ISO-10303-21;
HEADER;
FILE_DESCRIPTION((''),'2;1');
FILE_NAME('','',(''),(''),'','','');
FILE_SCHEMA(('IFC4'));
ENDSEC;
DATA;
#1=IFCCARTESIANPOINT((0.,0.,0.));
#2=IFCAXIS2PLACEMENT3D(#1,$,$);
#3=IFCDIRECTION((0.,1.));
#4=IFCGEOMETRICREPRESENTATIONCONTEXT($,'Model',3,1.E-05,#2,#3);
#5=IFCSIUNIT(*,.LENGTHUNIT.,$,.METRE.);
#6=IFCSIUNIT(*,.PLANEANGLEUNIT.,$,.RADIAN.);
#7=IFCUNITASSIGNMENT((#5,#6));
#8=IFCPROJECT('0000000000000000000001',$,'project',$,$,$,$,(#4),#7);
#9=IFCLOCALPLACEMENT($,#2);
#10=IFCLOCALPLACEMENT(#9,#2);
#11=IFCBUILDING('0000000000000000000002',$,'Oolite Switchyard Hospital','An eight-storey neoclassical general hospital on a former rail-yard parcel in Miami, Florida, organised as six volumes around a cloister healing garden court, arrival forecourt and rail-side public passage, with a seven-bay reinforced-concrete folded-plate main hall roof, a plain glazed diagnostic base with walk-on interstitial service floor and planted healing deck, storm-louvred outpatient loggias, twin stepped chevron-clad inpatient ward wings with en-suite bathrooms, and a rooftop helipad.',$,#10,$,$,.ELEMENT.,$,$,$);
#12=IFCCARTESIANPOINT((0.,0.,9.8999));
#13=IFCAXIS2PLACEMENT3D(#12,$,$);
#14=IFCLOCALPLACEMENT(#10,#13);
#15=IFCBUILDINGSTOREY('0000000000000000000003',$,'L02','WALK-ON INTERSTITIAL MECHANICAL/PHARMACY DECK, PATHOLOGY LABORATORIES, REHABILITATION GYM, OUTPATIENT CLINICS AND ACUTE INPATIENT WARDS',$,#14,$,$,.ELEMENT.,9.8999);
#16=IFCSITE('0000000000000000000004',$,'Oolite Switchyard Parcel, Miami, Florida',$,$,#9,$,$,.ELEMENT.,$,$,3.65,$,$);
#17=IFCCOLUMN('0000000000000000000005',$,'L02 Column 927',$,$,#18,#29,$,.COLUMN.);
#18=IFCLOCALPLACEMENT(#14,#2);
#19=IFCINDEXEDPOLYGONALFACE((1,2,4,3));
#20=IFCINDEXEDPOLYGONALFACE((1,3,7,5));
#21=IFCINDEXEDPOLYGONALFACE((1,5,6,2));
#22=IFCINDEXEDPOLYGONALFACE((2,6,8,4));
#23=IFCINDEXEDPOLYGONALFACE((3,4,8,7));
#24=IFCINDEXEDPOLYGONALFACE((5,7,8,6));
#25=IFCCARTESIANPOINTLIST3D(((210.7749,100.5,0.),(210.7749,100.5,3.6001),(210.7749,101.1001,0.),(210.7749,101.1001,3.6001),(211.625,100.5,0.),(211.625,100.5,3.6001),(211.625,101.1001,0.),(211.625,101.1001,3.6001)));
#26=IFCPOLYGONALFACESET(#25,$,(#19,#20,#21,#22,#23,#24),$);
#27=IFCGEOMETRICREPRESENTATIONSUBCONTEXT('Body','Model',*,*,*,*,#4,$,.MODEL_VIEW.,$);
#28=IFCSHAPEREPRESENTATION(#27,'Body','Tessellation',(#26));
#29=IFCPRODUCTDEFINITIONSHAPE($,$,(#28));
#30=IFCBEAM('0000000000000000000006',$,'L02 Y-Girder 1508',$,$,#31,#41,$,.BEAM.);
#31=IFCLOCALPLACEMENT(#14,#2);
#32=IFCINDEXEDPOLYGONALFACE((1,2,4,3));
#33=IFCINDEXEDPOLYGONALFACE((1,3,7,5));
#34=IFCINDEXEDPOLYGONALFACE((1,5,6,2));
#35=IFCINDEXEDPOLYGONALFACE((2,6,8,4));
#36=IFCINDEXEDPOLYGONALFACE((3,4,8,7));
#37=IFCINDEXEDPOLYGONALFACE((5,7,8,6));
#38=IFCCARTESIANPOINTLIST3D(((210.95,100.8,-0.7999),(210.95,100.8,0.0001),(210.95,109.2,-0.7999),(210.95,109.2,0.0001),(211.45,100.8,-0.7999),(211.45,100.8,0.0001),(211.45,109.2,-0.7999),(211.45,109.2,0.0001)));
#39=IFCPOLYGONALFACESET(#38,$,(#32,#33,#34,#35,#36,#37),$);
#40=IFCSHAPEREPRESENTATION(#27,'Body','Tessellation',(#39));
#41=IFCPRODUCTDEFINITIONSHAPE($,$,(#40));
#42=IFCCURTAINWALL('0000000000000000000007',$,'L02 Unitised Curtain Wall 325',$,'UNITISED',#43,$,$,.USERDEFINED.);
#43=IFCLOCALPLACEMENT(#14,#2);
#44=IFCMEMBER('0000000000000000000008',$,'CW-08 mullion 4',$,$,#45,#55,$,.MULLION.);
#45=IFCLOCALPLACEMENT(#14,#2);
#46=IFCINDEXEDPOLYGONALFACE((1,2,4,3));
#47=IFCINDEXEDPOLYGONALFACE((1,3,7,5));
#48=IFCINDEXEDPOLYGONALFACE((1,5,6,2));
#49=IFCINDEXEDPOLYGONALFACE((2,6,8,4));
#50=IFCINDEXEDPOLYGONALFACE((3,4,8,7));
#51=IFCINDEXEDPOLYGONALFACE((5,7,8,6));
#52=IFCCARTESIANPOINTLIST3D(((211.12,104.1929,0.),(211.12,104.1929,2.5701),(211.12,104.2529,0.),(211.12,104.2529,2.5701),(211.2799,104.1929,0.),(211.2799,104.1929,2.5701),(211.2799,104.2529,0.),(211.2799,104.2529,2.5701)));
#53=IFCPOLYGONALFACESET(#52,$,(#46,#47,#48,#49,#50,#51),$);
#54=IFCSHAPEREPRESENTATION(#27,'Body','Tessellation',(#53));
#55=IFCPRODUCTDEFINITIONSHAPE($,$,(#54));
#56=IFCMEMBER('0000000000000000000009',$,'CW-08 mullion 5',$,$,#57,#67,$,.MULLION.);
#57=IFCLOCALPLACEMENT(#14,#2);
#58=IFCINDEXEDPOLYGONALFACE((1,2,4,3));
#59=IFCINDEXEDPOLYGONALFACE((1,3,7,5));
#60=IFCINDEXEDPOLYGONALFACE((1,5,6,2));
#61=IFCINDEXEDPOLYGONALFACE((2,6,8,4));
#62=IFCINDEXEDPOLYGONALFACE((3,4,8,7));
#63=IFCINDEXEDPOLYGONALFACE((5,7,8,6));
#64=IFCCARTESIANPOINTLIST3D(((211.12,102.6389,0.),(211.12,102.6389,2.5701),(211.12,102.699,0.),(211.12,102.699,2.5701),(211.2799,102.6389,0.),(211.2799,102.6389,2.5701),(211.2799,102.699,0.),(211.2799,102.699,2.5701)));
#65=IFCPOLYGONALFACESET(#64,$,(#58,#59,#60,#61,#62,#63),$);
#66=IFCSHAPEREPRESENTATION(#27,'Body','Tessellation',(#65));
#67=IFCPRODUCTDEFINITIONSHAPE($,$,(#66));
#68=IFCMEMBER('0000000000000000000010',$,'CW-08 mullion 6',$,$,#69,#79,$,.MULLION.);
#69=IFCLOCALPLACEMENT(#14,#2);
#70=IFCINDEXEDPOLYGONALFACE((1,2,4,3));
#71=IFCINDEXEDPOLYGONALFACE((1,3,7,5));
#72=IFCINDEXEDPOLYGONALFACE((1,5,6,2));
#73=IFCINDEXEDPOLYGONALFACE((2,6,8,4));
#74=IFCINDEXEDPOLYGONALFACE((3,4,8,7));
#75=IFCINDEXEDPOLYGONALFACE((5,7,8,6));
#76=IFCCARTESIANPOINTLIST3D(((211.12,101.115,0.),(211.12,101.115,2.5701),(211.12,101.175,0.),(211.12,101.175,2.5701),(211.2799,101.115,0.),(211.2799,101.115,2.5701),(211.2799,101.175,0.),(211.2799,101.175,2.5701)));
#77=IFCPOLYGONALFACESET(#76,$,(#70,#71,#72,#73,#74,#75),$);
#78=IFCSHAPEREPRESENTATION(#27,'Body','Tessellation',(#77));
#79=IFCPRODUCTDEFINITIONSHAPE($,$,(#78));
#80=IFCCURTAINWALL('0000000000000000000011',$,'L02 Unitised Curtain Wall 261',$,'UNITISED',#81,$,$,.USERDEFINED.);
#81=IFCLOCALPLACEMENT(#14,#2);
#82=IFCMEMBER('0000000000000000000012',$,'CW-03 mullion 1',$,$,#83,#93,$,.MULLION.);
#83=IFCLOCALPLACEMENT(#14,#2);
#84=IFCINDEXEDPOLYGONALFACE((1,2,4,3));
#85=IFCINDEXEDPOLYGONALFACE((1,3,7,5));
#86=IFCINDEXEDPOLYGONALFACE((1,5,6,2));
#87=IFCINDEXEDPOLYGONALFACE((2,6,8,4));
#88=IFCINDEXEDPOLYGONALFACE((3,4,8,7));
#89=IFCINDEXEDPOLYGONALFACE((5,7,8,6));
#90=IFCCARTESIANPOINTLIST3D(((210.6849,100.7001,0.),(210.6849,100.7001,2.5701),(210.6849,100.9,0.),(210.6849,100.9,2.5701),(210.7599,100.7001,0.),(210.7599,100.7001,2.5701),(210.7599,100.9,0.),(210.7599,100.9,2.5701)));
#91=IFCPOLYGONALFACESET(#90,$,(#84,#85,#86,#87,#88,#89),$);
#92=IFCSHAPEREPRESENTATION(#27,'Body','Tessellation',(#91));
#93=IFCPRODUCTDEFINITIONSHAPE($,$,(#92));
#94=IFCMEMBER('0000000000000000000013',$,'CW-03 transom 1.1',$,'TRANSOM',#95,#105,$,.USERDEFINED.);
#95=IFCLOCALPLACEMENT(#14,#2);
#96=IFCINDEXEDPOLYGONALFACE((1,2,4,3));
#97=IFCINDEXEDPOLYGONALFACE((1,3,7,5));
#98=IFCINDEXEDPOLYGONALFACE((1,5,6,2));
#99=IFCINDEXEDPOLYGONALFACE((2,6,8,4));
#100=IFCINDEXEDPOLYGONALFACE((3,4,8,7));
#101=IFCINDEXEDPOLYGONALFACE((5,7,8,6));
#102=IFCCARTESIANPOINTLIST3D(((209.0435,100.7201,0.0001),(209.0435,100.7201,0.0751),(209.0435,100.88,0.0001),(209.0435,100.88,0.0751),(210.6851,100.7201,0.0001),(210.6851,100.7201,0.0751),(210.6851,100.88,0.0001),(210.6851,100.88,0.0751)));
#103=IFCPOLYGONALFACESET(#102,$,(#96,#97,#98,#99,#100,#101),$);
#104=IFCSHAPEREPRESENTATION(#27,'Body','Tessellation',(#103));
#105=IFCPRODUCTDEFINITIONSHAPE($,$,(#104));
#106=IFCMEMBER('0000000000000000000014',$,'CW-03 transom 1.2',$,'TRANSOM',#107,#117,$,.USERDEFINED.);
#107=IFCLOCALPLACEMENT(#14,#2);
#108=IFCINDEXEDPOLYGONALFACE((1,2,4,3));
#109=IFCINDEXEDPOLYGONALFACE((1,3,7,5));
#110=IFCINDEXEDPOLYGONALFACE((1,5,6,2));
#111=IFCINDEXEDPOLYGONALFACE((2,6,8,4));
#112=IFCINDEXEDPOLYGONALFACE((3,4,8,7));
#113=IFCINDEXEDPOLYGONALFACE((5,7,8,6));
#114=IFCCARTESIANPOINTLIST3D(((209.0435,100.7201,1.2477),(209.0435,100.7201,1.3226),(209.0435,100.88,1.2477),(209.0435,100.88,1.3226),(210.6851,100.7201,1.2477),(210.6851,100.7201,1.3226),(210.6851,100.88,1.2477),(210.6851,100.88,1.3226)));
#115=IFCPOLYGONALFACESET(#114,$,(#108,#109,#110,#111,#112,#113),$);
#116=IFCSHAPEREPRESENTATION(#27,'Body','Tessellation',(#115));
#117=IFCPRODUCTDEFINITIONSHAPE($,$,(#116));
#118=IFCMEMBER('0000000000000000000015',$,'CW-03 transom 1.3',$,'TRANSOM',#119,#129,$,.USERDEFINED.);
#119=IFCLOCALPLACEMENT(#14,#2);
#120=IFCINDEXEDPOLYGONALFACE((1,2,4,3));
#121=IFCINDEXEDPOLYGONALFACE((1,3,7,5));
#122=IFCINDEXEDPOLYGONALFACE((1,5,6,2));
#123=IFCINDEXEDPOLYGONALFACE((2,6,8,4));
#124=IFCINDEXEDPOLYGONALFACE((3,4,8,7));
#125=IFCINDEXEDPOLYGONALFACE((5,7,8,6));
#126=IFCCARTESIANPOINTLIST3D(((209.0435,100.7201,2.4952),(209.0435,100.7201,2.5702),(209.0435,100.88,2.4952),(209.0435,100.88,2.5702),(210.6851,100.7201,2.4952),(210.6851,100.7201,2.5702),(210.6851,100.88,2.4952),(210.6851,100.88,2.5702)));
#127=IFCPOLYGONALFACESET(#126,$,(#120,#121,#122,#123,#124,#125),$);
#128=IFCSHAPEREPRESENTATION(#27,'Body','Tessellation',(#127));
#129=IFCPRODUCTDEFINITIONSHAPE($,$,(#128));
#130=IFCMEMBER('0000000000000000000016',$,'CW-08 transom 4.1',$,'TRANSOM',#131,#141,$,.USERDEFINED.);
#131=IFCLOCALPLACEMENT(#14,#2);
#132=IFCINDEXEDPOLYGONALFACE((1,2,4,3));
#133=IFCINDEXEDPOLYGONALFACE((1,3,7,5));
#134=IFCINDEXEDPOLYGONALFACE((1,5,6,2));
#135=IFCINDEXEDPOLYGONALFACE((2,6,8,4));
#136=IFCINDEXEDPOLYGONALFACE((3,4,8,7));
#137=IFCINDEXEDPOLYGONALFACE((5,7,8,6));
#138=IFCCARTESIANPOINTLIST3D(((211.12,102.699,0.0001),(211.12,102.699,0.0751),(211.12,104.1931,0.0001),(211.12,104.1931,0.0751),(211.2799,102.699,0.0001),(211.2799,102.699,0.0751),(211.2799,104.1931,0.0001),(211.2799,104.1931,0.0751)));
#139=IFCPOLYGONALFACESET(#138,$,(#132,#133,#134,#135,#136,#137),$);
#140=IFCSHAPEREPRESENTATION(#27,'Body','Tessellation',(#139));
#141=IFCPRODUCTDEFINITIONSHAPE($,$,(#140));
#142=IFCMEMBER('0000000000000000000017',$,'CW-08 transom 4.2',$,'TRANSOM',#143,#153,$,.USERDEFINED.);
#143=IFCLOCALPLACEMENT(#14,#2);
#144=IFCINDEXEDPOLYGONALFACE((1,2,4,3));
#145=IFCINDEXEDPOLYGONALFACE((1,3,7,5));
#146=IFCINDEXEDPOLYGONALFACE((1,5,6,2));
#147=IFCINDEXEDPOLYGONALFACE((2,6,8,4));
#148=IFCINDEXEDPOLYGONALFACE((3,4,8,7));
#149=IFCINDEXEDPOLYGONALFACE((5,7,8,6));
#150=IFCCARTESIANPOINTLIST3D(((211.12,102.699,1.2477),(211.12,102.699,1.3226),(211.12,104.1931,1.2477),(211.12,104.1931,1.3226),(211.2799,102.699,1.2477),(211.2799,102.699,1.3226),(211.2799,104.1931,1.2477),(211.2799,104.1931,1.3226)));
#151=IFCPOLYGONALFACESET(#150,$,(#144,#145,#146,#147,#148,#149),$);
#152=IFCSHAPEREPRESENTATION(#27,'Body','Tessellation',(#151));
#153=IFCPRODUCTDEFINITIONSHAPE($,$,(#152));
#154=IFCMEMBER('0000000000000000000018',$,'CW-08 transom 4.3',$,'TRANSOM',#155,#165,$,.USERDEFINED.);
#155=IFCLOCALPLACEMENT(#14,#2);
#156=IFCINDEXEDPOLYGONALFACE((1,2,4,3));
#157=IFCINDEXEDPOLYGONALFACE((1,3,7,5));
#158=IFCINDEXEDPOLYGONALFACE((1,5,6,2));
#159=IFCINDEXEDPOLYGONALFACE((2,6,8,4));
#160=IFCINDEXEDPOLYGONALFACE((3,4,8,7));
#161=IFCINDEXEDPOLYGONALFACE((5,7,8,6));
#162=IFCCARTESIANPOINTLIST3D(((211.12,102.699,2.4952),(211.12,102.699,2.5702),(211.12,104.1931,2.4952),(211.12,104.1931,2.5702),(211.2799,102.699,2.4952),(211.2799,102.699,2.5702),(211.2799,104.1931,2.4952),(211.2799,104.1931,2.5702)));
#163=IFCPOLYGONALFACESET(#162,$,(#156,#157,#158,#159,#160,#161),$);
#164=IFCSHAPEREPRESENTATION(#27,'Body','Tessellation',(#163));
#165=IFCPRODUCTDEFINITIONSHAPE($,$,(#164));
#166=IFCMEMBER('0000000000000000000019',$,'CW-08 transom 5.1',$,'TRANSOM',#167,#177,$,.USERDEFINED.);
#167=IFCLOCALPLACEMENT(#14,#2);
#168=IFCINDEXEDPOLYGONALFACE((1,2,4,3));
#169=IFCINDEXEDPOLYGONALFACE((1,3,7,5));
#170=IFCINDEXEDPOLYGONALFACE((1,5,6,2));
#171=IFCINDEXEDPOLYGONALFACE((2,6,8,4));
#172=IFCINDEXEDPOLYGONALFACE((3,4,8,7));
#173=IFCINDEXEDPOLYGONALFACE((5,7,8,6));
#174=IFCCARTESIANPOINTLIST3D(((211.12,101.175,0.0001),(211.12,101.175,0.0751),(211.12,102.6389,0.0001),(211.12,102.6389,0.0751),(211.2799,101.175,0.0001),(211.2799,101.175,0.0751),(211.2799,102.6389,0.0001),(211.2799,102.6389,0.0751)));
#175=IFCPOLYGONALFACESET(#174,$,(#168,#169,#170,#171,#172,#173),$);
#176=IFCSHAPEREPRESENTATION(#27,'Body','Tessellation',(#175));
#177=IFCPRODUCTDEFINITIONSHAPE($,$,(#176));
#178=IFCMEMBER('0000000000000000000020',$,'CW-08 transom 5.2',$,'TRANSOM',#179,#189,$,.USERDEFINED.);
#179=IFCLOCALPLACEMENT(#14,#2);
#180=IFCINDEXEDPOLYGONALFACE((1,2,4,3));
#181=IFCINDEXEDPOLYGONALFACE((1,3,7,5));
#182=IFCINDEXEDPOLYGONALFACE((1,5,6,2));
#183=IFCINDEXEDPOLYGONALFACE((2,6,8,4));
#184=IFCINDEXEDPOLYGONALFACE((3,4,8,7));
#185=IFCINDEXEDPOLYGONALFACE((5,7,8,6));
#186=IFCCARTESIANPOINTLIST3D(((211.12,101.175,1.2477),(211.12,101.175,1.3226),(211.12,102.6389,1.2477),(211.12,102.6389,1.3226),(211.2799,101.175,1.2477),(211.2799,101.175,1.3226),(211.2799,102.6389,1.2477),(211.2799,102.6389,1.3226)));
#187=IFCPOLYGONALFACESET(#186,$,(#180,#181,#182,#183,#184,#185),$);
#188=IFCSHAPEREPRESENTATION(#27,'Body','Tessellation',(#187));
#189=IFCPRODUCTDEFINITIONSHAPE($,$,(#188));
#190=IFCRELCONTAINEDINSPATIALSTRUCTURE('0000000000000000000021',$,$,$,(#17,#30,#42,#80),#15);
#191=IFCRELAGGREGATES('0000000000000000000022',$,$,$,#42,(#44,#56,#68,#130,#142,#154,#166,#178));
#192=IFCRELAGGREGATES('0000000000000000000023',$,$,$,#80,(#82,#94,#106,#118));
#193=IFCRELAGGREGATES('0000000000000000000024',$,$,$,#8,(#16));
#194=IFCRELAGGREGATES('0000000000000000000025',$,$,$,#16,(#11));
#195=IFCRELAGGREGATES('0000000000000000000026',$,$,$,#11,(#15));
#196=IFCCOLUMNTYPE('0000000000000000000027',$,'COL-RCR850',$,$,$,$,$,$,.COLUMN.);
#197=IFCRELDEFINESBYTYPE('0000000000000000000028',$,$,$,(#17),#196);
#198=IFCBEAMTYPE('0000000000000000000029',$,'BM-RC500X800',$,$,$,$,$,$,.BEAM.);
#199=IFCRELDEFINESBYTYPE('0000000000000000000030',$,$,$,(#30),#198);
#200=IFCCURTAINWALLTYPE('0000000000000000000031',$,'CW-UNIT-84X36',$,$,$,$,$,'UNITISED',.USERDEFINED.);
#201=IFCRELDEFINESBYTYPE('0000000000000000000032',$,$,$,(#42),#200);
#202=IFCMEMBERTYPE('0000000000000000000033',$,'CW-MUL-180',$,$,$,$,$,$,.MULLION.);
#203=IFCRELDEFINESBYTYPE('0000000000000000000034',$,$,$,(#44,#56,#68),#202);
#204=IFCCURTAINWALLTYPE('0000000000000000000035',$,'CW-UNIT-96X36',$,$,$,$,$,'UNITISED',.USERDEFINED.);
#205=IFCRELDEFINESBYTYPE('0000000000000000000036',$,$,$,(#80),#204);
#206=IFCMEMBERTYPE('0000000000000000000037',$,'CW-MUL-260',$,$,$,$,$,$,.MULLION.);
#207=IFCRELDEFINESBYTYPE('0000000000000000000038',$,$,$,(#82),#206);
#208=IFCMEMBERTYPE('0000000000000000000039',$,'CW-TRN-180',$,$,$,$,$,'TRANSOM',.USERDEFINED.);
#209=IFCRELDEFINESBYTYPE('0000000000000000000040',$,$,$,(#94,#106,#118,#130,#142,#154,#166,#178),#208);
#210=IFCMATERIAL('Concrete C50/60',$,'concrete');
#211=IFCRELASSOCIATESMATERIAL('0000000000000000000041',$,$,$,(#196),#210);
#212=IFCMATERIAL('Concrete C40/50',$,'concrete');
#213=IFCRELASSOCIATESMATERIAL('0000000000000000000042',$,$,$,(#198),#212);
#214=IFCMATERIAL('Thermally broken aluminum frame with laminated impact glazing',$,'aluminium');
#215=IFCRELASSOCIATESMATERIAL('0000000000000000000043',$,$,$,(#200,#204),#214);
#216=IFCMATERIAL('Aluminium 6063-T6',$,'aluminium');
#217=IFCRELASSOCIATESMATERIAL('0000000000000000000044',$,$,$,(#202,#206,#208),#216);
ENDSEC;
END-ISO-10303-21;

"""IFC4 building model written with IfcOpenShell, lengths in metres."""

from ifc_helpers import new_model, si_unit, direction, frame, origin, origin_2d, place, context, subcontext, project, spatial, rectangle, extrude, material, material_profile, profile_set, type_object, element, aggregate, save


model = new_model("IFC4")

# Units and contexts
model_context = context("Model", 3, precision=1e-05, world=origin(), true_north=direction((0.0, 1.0)))
body_context = subcontext(model_context, "Body", "Model", "MODEL_VIEW")
ifc_project = project(units=[si_unit("LENGTHUNIT", "METRE"), si_unit("PLANEANGLEUNIT", "RADIAN")], contexts=[model_context])

# Site, building, storey
site_placement = place(None, origin())
site = spatial("IfcSite", under=ifc_project, at=site_placement, Name="Oolite Switchyard Parcel, Miami, Florida", CompositionType="ELEMENT", RefElevation=3.65)
building_placement = place(site_placement, origin())
building = spatial("IfcBuilding", under=site, at=building_placement, Name="Oolite Switchyard Hospital", Description="An eight-storey neoclassical general hospital on a former rail-yard parcel in Miami, Florida, organised as six volumes around a cloister healing garden court, arrival forecourt and rail-side public passage, with a seven-bay reinforced-concrete folded-plate main hall roof, a plain glazed diagnostic base with walk-on interstitial service floor and planted healing deck, storm-louvred outpatient loggias, twin stepped chevron-clad inpatient ward wings with en-suite bathrooms, and a rooftop helipad.", CompositionType="ELEMENT")
storey_placement = place(building_placement, frame((0.0, 0.0, 9.8999)))
storey = spatial("IfcBuildingStorey", under=building, at=storey_placement, Name="L02", Description="WALK-ON INTERSTITIAL MECHANICAL/PHARMACY DECK, PATHOLOGY LABORATORIES, REHABILITATION GYM, OUTPATIENT CLINICS AND ACUTE INPATIENT WARDS", CompositionType="ELEMENT", Elevation=9.8999)

# Column
ifc_material_1 = material(Name="Concrete C50/60", Category="concrete")
ifc_material_profile_1 = material_profile(ifc_material_1, rectangle(XDim=0.8501, YDim=0.6001, at=origin_2d()), Name="RC850X600")
ifc_profile_set_1 = profile_set([ifc_material_profile_1], Name="Concrete C50/60")
column_type = type_object("IfcColumnType", Name="COL-RCR850", PredefinedType="COLUMN", material=ifc_profile_set_1)
column_placement = place(storey_placement, frame((211.2, 100.8, 0.0), z_axis=(0.0, 0.0, 1.0), x_axis=(1.0, 0.0, 0.0)))
element("IfcColumn", 1, at=column_placement, inside=storey, type_object=column_type, Name="L02 Column 927", PredefinedType="COLUMN", context=body_context, shape_type="SweptSolid", body=[
    extrude(rectangle(XDim=0.8501, YDim=0.6001, at=origin_2d()), origin(), (0.0, 0.0, 1.0), 3.6001),
])

# Beam
ifc_material_2 = material(Name="Concrete C40/50", Category="concrete")
ifc_material_profile_2 = material_profile(ifc_material_2, rectangle(XDim=0.5, YDim=0.8, at=origin_2d()), Name="RCB500X800")
ifc_profile_set_2 = profile_set([ifc_material_profile_2], Name="Concrete C40/50")
beam_type = type_object("IfcBeamType", Name="BM-RC500X800", PredefinedType="BEAM", material=ifc_profile_set_2)
beam_placement = place(storey_placement, frame((211.2, 100.8, -0.3999), z_axis=(0.0, 1.0, 0.0), x_axis=(-1.0, 0.0, 0.0)))
element("IfcBeam", 2, at=beam_placement, inside=storey, type_object=beam_type, Name="L02 Y-Girder 1508", PredefinedType="BEAM", context=body_context, shape_type="SweptSolid", body=[
    extrude(rectangle(XDim=0.5, YDim=0.8, at=origin_2d()), origin(), (0.0, 0.0, 1.0), 8.3999),
])

# Curtain walls, members
ifc_material_3 = material(Name="Thermally broken aluminum frame with laminated impact glazing", Category="aluminium")
curtain_wall_type_1 = type_object("IfcCurtainWallType", Name="CW-UNIT-84X36", ElementType="UNITISED", PredefinedType="USERDEFINED", material=ifc_material_3)
curtain_wall_1_placement = place(storey_placement, origin())
curtain_wall_1 = element("IfcCurtainWall", 3, at=curtain_wall_1_placement, inside=storey, type_object=curtain_wall_type_1, Name="L02 Unitised Curtain Wall 325", ObjectType="UNITISED", PredefinedType="USERDEFINED")
ifc_material_4 = material(Name="Aluminium 6063-T6", Category="aluminium")
ifc_material_profile_3 = material_profile(ifc_material_4, rectangle(XDim=0.1599, YDim=0.0601, at=origin_2d()), Name="CWM60X160")
ifc_profile_set_3 = profile_set([ifc_material_profile_3], Name="Aluminium 6063-T6")
member_type_1 = type_object("IfcMemberType", Name="CW-MUL-180", PredefinedType="MULLION", material=ifc_profile_set_3)
member_1_placement = place(storey_placement, frame((211.2, 104.2229, 0.0), z_axis=(0.0, 0.0, 1.0), x_axis=(1.0, 0.0, 0.0)))
member_1 = element("IfcMember", 4, at=member_1_placement, type_object=member_type_1, Name="CW-08 mullion 4", PredefinedType="MULLION", context=body_context, shape_type="SweptSolid", body=[
    extrude(rectangle(XDim=0.1599, YDim=0.0601, at=origin_2d()), origin(), (0.0, 0.0, 1.0), 2.5701),
])
member_2_placement = place(storey_placement, frame((211.2, 102.6689, 0.0), z_axis=(0.0, 0.0, 1.0), x_axis=(1.0, 0.0, 0.0)))
member_2 = element("IfcMember", 5, at=member_2_placement, type_object=member_type_1, Name="CW-08 mullion 5", PredefinedType="MULLION", context=body_context, shape_type="SweptSolid", body=[
    extrude(rectangle(XDim=0.1599, YDim=0.0601, at=origin_2d()), origin(), (0.0, 0.0, 1.0), 2.5701),
])
member_3_placement = place(storey_placement, frame((211.2, 101.145, 0.0), z_axis=(0.0, 0.0, 1.0), x_axis=(1.0, 0.0, 0.0)))
member_3 = element("IfcMember", 6, at=member_3_placement, type_object=member_type_1, Name="CW-08 mullion 6", PredefinedType="MULLION", context=body_context, shape_type="SweptSolid", body=[
    extrude(rectangle(XDim=0.1599, YDim=0.0601, at=origin_2d()), origin(), (0.0, 0.0, 1.0), 2.5701),
])
curtain_wall_type_2 = type_object("IfcCurtainWallType", Name="CW-UNIT-96X36", ElementType="UNITISED", PredefinedType="USERDEFINED", material=ifc_material_3)
curtain_wall_2_placement = place(storey_placement, origin())
curtain_wall_2 = element("IfcCurtainWall", 7, at=curtain_wall_2_placement, inside=storey, type_object=curtain_wall_type_2, Name="L02 Unitised Curtain Wall 261", ObjectType="UNITISED", PredefinedType="USERDEFINED")
ifc_material_profile_4 = material_profile(ifc_material_4, rectangle(XDim=0.2, YDim=0.075, at=origin_2d()), Name="CWM75X200")
ifc_profile_set_4 = profile_set([ifc_material_profile_4], Name="Aluminium 6063-T6")
member_type_2 = type_object("IfcMemberType", Name="CW-MUL-260", PredefinedType="MULLION", material=ifc_profile_set_4)
member_4_placement = place(storey_placement, frame((210.7224, 100.8, 0.0), z_axis=(0.0, 0.0, 1.0), x_axis=(0.0, -1.0, 0.0)))
member_4 = element("IfcMember", 8, at=member_4_placement, type_object=member_type_2, Name="CW-03 mullion 1", PredefinedType="MULLION", context=body_context, shape_type="SweptSolid", body=[
    extrude(rectangle(XDim=0.2, YDim=0.075, at=origin_2d()), origin(), (0.0, 0.0, 1.0), 2.5701),
])
ifc_material_profile_5 = material_profile(ifc_material_4, rectangle(XDim=0.1599, YDim=0.075, at=origin_2d()), Name="CWT75X160")
ifc_profile_set_5 = profile_set([ifc_material_profile_5], Name="Aluminium 6063-T6")
member_type_3 = type_object("IfcMemberType", Name="CW-TRN-180", ElementType="TRANSOM", PredefinedType="USERDEFINED", material=ifc_profile_set_5)
member_5_placement = place(storey_placement, frame((210.6851, 100.8, 0.0376), z_axis=(-1.0, 0.0, 0.0), x_axis=(0.0, -1.0, 0.0)))
member_5 = element("IfcMember", 9, at=member_5_placement, type_object=member_type_3, Name="CW-03 transom 1.1", ObjectType="TRANSOM", PredefinedType="USERDEFINED", context=body_context, shape_type="SweptSolid", body=[
    extrude(rectangle(XDim=0.1599, YDim=0.075, at=origin_2d()), origin(), (0.0, 0.0, 1.0), 1.6416),
])
member_6_placement = place(storey_placement, frame((210.6851, 100.8, 1.2852), z_axis=(-1.0, 0.0, 0.0), x_axis=(0.0, -1.0, 0.0)))
member_6 = element("IfcMember", 10, at=member_6_placement, type_object=member_type_3, Name="CW-03 transom 1.2", ObjectType="TRANSOM", PredefinedType="USERDEFINED", context=body_context, shape_type="SweptSolid", body=[
    extrude(rectangle(XDim=0.1599, YDim=0.075, at=origin_2d()), origin(), (0.0, 0.0, 1.0), 1.6416),
])
member_7_placement = place(storey_placement, frame((210.6851, 100.8, 2.5327), z_axis=(-1.0, 0.0, 0.0), x_axis=(0.0, -1.0, 0.0)))
member_7 = element("IfcMember", 11, at=member_7_placement, type_object=member_type_3, Name="CW-03 transom 1.3", ObjectType="TRANSOM", PredefinedType="USERDEFINED", context=body_context, shape_type="SweptSolid", body=[
    extrude(rectangle(XDim=0.1599, YDim=0.075, at=origin_2d()), origin(), (0.0, 0.0, 1.0), 1.6416),
])

# Members
member_8_placement = place(storey_placement, frame((211.2, 104.1931, 0.0376), z_axis=(0.0, -1.0, 0.0), x_axis=(1.0, 0.0, 0.0)))
member_8 = element("IfcMember", 12, at=member_8_placement, type_object=member_type_3, Name="CW-08 transom 4.1", ObjectType="TRANSOM", PredefinedType="USERDEFINED", context=body_context, shape_type="SweptSolid", body=[
    extrude(rectangle(XDim=0.1599, YDim=0.075, at=origin_2d()), origin(), (0.0, 0.0, 1.0), 1.4941),
])
member_9_placement = place(storey_placement, frame((211.2, 104.1931, 1.2852), z_axis=(0.0, -1.0, 0.0), x_axis=(1.0, 0.0, 0.0)))
member_9 = element("IfcMember", 13, at=member_9_placement, type_object=member_type_3, Name="CW-08 transom 4.2", ObjectType="TRANSOM", PredefinedType="USERDEFINED", context=body_context, shape_type="SweptSolid", body=[
    extrude(rectangle(XDim=0.1599, YDim=0.075, at=origin_2d()), origin(), (0.0, 0.0, 1.0), 1.4941),
])
member_10_placement = place(storey_placement, frame((211.2, 104.1931, 2.5327), z_axis=(0.0, -1.0, 0.0), x_axis=(1.0, 0.0, 0.0)))
member_10 = element("IfcMember", 14, at=member_10_placement, type_object=member_type_3, Name="CW-08 transom 4.3", ObjectType="TRANSOM", PredefinedType="USERDEFINED", context=body_context, shape_type="SweptSolid", body=[
    extrude(rectangle(XDim=0.1599, YDim=0.075, at=origin_2d()), origin(), (0.0, 0.0, 1.0), 1.4941),
])
member_11_placement = place(storey_placement, frame((211.2, 102.6389, 0.0376), z_axis=(0.0, -1.0, 0.0), x_axis=(1.0, 0.0, 0.0)))
member_11 = element("IfcMember", 15, at=member_11_placement, type_object=member_type_3, Name="CW-08 transom 5.1", ObjectType="TRANSOM", PredefinedType="USERDEFINED", context=body_context, shape_type="SweptSolid", body=[
    extrude(rectangle(XDim=0.1599, YDim=0.075, at=origin_2d()), origin(), (0.0, 0.0, 1.0), 1.4639),
])
member_12_placement = place(storey_placement, frame((211.2, 102.6389, 1.2852), z_axis=(0.0, -1.0, 0.0), x_axis=(1.0, 0.0, 0.0)))
member_12 = element("IfcMember", 16, at=member_12_placement, type_object=member_type_3, Name="CW-08 transom 5.2", ObjectType="TRANSOM", PredefinedType="USERDEFINED", context=body_context, shape_type="SweptSolid", body=[
    extrude(rectangle(XDim=0.1599, YDim=0.075, at=origin_2d()), origin(), (0.0, 0.0, 1.0), 1.4639),
])

aggregate(curtain_wall_1, [member_1, member_2, member_3, member_8, member_9, member_10, member_11, member_12])
aggregate(curtain_wall_2, [member_4, member_5, member_6, member_7])

save(model, "model.ifc")
